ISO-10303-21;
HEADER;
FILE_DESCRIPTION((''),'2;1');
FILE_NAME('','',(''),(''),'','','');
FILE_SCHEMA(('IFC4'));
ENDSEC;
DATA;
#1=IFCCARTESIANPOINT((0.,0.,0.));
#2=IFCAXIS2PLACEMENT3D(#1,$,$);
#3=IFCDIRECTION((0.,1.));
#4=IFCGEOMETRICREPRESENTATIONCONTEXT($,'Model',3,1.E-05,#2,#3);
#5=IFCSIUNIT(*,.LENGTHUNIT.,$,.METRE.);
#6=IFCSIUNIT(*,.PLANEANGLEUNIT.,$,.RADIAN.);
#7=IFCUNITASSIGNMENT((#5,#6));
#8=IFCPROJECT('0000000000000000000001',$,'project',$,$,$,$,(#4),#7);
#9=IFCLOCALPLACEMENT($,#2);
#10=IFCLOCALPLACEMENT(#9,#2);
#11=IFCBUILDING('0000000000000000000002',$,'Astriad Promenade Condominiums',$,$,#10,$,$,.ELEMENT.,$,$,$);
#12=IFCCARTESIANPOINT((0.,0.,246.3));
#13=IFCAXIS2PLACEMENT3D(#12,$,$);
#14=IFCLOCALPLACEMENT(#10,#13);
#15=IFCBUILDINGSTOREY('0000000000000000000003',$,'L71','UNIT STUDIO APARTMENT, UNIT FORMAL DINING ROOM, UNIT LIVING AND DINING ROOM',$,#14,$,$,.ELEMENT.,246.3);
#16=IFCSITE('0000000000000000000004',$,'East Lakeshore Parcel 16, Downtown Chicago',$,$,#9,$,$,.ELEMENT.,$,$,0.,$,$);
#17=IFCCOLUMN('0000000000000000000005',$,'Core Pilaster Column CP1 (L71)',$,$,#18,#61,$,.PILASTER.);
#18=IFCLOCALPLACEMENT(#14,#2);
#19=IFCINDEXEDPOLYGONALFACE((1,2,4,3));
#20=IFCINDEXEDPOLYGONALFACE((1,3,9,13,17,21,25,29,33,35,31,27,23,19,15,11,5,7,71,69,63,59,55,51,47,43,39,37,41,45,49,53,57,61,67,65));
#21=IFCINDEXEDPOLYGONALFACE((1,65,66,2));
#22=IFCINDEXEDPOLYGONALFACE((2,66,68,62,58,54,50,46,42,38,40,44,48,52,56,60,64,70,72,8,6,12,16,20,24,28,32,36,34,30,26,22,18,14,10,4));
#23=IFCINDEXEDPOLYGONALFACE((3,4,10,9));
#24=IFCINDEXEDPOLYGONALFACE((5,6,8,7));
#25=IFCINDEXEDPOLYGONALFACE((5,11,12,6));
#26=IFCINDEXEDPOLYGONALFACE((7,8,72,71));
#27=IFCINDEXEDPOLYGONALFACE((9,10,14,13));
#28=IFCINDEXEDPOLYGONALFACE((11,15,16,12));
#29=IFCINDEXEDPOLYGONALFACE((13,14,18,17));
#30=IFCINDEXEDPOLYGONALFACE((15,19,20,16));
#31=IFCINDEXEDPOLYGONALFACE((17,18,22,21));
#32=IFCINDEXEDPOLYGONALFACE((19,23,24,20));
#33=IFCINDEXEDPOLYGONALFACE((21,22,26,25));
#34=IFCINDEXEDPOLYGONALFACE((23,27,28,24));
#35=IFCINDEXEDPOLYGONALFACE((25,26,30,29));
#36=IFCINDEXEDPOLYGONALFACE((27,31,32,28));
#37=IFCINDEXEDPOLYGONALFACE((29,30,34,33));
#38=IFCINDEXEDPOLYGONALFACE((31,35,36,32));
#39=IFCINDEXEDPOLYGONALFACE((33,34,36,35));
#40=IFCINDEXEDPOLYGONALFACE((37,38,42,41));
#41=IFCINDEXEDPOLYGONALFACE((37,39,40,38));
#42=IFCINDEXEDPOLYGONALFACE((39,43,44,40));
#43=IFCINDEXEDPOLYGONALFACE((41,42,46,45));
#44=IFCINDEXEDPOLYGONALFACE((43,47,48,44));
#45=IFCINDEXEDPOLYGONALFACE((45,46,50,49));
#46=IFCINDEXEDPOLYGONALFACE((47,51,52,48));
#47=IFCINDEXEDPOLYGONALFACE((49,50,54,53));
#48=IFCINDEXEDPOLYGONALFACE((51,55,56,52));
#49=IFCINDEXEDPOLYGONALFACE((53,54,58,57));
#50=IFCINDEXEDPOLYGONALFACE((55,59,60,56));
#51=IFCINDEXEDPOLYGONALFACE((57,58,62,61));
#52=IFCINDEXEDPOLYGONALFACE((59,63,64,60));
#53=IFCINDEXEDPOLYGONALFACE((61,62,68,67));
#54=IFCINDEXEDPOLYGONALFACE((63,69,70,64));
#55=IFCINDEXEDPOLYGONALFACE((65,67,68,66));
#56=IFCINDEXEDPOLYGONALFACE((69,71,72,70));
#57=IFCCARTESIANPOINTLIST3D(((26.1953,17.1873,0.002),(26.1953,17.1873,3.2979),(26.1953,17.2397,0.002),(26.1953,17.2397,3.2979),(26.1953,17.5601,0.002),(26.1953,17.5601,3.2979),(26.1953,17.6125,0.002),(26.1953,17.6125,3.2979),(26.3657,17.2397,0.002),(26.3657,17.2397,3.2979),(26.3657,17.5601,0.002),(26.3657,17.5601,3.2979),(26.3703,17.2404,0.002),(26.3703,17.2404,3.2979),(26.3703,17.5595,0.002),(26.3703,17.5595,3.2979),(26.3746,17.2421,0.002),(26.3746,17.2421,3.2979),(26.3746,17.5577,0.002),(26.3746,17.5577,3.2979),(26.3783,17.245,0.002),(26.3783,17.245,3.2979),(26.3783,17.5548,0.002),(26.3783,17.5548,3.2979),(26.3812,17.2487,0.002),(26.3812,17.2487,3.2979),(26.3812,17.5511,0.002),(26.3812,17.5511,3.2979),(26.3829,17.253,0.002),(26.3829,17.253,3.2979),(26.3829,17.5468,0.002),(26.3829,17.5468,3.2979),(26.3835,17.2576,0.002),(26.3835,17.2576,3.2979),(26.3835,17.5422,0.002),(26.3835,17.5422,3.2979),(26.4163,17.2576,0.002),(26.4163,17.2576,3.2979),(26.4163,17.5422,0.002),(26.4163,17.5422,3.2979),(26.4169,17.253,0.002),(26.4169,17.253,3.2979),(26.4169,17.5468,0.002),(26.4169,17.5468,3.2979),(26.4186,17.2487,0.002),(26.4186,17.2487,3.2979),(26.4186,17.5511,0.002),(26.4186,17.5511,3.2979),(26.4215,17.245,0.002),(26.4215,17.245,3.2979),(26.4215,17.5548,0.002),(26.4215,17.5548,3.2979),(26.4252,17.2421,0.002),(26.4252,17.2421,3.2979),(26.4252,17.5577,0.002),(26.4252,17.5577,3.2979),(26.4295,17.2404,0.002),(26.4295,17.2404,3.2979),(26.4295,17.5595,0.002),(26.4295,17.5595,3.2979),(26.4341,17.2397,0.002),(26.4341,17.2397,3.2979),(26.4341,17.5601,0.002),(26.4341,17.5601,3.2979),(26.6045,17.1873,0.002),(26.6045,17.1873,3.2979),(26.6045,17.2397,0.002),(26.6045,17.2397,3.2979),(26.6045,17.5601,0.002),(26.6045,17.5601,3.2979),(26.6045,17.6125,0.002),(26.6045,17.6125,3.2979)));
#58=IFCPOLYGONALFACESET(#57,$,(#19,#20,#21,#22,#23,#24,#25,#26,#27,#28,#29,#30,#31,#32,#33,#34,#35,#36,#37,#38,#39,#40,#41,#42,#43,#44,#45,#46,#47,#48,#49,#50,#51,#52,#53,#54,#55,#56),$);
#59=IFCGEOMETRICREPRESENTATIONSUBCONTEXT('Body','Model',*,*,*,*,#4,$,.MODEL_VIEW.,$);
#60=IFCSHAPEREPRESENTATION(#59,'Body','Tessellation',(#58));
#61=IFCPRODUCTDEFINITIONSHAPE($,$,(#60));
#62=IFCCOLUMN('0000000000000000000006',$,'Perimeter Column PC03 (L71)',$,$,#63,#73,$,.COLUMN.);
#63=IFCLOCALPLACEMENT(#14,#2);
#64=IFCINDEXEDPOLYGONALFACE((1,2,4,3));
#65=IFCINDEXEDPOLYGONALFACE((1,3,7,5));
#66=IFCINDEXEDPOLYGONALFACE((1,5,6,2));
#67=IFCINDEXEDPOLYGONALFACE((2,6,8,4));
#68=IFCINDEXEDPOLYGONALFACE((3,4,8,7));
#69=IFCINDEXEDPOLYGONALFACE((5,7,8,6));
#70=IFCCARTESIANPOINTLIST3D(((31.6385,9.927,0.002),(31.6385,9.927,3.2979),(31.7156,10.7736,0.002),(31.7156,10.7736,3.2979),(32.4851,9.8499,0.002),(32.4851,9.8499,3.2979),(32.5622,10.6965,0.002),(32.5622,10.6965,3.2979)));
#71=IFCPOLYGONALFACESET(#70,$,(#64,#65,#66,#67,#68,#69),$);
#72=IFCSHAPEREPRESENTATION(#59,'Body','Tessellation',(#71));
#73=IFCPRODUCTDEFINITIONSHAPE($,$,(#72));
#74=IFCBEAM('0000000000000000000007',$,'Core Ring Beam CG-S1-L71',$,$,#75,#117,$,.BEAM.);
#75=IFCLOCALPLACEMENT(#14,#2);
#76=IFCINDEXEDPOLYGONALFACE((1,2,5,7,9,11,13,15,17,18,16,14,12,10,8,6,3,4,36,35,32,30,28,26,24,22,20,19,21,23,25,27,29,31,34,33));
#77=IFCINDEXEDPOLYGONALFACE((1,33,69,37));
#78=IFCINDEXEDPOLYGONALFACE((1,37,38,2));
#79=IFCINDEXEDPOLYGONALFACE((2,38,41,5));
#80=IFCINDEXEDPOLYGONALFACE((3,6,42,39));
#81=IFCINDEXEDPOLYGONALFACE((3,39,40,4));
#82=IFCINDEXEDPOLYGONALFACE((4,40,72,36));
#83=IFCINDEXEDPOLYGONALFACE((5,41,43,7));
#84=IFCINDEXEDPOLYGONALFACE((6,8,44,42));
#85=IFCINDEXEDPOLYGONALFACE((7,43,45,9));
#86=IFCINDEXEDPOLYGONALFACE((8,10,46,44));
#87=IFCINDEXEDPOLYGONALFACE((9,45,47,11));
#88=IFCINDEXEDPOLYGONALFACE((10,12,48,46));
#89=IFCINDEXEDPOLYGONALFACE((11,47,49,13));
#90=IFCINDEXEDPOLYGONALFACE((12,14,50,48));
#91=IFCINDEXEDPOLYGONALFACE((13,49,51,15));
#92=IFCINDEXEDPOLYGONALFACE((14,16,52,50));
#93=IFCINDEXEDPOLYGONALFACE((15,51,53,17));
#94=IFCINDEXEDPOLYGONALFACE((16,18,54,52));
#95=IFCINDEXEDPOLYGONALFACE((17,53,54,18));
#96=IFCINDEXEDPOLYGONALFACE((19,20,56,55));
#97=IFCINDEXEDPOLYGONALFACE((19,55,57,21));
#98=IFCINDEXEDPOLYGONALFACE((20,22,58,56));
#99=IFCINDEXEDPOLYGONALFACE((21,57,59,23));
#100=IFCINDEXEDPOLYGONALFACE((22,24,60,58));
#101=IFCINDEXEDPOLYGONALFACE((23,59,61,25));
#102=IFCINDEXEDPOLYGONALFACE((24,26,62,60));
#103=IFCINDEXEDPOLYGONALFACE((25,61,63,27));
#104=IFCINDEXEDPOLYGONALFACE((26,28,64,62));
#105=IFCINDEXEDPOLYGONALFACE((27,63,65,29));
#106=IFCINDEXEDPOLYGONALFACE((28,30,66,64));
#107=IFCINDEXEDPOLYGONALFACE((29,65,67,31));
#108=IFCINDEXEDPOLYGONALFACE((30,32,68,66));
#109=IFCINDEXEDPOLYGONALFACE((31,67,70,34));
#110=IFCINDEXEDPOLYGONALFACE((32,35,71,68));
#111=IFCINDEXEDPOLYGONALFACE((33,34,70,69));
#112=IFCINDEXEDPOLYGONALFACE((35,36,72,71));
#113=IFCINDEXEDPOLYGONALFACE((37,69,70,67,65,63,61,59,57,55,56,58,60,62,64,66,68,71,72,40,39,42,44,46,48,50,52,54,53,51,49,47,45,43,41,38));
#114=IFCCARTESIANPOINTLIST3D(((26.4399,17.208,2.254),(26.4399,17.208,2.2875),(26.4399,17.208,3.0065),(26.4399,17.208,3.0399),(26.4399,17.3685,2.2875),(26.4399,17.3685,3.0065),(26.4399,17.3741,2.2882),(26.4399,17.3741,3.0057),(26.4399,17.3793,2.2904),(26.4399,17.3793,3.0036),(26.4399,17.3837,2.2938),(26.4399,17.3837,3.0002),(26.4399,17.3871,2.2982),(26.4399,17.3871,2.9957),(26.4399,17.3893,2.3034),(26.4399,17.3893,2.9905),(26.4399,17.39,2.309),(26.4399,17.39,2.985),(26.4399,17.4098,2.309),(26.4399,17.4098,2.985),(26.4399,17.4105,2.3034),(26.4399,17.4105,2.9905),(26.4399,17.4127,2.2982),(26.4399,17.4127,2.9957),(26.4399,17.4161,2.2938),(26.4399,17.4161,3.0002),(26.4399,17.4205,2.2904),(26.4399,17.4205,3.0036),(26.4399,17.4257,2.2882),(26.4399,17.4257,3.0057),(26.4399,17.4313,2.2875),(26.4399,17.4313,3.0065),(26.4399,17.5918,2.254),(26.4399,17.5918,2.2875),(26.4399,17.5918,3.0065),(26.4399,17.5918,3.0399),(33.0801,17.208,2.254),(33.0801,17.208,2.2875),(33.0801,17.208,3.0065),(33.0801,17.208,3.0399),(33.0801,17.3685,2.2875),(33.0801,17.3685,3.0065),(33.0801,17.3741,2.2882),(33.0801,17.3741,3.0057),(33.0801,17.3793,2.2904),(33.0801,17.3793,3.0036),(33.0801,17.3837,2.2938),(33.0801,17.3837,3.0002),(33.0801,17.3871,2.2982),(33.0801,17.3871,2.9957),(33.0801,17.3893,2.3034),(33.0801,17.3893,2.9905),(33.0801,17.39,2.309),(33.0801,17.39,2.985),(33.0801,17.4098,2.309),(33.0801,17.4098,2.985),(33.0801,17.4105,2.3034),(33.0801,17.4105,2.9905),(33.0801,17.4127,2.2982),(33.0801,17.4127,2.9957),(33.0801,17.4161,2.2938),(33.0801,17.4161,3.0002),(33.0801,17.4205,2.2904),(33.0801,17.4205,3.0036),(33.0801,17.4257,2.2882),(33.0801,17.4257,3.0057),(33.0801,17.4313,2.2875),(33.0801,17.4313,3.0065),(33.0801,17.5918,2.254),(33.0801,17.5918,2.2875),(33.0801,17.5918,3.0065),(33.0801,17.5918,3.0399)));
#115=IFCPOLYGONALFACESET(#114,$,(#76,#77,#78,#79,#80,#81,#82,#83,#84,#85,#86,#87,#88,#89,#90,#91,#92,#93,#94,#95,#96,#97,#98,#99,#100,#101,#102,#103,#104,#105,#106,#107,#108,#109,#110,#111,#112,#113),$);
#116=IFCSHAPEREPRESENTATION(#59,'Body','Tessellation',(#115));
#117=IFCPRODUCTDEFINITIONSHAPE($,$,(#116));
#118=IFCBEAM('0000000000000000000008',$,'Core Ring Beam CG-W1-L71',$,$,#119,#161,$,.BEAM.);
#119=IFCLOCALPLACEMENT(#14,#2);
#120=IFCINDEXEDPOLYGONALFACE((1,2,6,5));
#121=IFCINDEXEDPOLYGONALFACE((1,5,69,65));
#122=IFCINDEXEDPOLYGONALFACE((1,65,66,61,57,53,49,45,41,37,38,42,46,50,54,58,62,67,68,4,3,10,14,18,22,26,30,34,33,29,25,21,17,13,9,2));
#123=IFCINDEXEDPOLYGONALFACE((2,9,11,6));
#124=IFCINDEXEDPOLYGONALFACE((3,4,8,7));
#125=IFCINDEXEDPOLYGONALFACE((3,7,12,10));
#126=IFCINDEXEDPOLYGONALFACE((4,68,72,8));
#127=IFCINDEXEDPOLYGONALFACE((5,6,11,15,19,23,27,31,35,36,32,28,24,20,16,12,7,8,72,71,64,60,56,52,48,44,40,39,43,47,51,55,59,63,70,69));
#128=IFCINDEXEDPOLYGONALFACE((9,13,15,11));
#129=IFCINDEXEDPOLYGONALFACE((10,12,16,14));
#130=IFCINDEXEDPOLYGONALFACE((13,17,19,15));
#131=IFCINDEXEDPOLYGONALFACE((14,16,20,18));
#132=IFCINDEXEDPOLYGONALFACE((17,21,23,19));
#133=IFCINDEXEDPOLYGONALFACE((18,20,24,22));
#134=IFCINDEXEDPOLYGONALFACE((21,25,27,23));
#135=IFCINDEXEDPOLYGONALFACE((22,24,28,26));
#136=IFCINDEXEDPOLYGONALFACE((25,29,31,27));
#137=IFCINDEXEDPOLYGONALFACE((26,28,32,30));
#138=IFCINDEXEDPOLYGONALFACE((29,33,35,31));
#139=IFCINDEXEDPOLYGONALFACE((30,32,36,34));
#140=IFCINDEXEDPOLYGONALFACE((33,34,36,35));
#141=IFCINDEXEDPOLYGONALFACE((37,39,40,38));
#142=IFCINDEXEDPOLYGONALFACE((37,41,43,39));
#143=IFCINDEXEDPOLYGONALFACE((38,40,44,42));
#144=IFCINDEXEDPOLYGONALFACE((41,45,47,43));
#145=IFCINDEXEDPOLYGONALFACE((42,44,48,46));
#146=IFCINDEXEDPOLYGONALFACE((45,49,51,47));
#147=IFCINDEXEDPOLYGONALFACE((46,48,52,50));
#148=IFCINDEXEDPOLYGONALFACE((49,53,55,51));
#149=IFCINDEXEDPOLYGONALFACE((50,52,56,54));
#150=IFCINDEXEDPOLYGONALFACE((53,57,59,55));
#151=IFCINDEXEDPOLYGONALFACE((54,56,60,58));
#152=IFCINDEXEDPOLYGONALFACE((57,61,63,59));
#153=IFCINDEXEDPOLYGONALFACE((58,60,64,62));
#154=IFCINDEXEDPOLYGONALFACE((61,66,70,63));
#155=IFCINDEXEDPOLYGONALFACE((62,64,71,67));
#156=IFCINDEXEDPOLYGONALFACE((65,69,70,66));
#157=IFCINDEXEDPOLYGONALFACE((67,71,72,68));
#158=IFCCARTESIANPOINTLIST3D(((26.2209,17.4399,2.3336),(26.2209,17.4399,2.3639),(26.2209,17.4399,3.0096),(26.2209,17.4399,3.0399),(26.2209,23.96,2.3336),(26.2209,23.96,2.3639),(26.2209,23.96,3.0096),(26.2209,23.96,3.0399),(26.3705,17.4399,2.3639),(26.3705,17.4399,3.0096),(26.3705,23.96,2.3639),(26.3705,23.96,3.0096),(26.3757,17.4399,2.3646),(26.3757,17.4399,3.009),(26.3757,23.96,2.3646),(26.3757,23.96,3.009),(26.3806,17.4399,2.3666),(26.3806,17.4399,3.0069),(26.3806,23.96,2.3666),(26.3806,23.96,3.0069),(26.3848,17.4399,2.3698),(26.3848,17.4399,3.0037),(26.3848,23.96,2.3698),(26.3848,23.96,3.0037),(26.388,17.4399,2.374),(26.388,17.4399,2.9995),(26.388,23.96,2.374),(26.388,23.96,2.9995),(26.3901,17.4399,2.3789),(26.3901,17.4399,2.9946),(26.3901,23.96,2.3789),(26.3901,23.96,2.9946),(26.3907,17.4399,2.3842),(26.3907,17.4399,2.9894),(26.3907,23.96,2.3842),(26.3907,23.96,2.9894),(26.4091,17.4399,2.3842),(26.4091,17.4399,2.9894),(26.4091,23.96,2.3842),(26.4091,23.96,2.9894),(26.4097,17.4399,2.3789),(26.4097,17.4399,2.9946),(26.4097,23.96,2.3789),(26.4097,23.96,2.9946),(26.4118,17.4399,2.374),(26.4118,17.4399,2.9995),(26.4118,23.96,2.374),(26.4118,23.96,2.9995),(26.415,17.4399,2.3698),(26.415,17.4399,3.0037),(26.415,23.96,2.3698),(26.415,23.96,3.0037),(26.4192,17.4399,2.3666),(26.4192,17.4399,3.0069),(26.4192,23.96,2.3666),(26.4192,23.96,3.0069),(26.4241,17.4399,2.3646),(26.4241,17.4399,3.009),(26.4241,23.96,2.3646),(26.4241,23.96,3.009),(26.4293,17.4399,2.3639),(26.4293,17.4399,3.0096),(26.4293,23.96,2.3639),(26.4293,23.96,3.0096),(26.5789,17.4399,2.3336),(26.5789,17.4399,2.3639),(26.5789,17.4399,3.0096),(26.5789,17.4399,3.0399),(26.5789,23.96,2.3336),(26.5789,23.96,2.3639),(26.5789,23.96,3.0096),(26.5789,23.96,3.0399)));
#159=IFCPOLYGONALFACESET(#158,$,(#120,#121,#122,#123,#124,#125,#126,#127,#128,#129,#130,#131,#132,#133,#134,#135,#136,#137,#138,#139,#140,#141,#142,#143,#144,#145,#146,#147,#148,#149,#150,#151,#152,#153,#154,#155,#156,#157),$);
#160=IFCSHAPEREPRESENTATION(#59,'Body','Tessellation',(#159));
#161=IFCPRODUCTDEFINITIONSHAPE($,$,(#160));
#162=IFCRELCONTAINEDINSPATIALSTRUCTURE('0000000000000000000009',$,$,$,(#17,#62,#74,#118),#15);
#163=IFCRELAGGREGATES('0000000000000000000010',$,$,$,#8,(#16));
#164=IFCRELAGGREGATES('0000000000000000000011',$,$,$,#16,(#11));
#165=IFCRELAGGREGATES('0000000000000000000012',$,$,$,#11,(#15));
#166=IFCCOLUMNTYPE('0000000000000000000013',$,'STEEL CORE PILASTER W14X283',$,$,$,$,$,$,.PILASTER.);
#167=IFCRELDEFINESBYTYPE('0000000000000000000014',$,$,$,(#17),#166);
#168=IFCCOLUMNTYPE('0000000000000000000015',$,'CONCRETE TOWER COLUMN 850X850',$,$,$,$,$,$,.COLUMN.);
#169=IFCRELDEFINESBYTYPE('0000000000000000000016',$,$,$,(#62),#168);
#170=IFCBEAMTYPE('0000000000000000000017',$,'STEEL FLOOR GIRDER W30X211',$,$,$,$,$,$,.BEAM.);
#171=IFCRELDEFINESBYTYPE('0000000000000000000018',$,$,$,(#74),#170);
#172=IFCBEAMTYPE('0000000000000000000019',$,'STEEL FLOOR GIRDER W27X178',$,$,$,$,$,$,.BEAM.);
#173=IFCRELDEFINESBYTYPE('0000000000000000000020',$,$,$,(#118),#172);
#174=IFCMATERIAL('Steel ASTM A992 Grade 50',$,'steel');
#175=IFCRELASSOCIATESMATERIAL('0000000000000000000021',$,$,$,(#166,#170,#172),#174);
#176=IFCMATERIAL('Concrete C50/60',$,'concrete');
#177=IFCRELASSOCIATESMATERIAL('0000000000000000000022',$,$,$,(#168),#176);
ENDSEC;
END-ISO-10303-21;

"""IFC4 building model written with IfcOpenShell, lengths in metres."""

from ifc_helpers import new_model, si_unit, direction, frame, origin, origin_2d, place, context, subcontext, project, spatial, rectangle, i_section, extrude, source, transform, mapped, material, material_profile, profile_set, type_object, type_shapes, element, save


model = new_model("IFC4")

# Units and contexts
model_context = context("Model", 3, precision=1e-05, world=origin(), true_north=direction((0.0, 1.0)))
body_context = subcontext(model_context, "Body", "Model", "MODEL_VIEW")
ifc_project = project(units=[si_unit("LENGTHUNIT", "METRE"), si_unit("PLANEANGLEUNIT", "RADIAN")], contexts=[model_context])

# Site, building, storey
site_placement = place(None, origin())
site = spatial("IfcSite", under=ifc_project, at=site_placement, Name="East Lakeshore Parcel 16, Downtown Chicago", CompositionType="ELEMENT", RefElevation=0.0)
building_placement = place(site_placement, origin())
building = spatial("IfcBuilding", under=site, at=building_placement, Name="Astriad Promenade Condominiums", CompositionType="ELEMENT")
storey_placement = place(building_placement, frame((0.0, 0.0, 246.3)))
storey = spatial("IfcBuildingStorey", under=building, at=storey_placement, Name="L71", Description="UNIT STUDIO APARTMENT, UNIT FORMAL DINING ROOM, UNIT LIVING AND DINING ROOM", CompositionType="ELEMENT", Elevation=246.3)

# Columns
ifc_material_1 = material(Name="Steel ASTM A992 Grade 50", Category="steel")
ifc_material_profile_1 = material_profile(ifc_material_1, i_section(OverallWidth=0.4092, OverallDepth=0.4253, WebThickness=0.0327, FlangeThickness=0.0525, FilletRadius=0.0178, at=origin_2d()), Name="W14X283")
ifc_profile_set_1 = profile_set([ifc_material_profile_1], Name="Steel ASTM A992 Grade 50")
column_type_1 = type_object("IfcColumnType", Name="STEEL CORE PILASTER W14X283", PredefinedType="PILASTER", material=ifc_profile_set_1)
shared_shape_1 = source(origin(), body_context, "Body", "SweptSolid", [
    extrude(i_section(OverallWidth=0.4092, OverallDepth=0.4253, WebThickness=0.0327, FlangeThickness=0.0525, FilletRadius=0.0178, at=origin_2d()), origin(), (0.0, 0.0, 1.0), 3.2959),
])
type_shapes(column_type_1, [shared_shape_1])
column_1_placement = place(storey_placement, frame((26.3999, 17.3999, 0.002), z_axis=(0.0, 0.0, 1.0), x_axis=(1.0, 0.0, 0.0)))
element("IfcColumn", 1, at=column_1_placement, inside=storey, type_object=column_type_1, Name="Core Pilaster Column CP1 (L71)", PredefinedType="PILASTER", context=body_context, shape_type="MappedRepresentation", body=[
    mapped(shared_shape_1, transform((0.0, 0.0, 0.0), scale=1.0)),
])
ifc_material_2 = material(Name="Concrete C50/60", Category="concrete")
ifc_material_profile_2 = material_profile(ifc_material_2, rectangle(XDim=0.8501, YDim=0.8501, at=origin_2d()), Name="RC-COL-850X850")
ifc_profile_set_2 = profile_set([ifc_material_profile_2], Name="Concrete C50/60")
column_type_2 = type_object("IfcColumnType", Name="CONCRETE TOWER COLUMN 850X850", PredefinedType="COLUMN", material=ifc_profile_set_2)
shared_shape_2 = source(origin(), body_context, "Body", "SweptSolid", [
    extrude(rectangle(XDim=0.8501, YDim=0.8501, at=origin_2d()), origin(), (0.0, 0.0, 1.0), 3.2959),
])
type_shapes(column_type_2, [shared_shape_2])
column_2_placement = place(storey_placement, frame((32.1003, 10.3118, 0.002), z_axis=(0.0, 0.0, 1.0), x_axis=(0.995884, -0.090633, 0.0)))
element("IfcColumn", 2, at=column_2_placement, inside=storey, type_object=column_type_2, Name="Perimeter Column PC03 (L71)", PredefinedType="COLUMN", context=body_context, shape_type="MappedRepresentation", body=[
    mapped(shared_shape_2, transform((0.0, 0.0, 0.0), scale=1.0)),
])

# Beams
ifc_material_profile_3 = material_profile(ifc_material_1, i_section(OverallWidth=0.3838, OverallDepth=0.7859, WebThickness=0.0198, FlangeThickness=0.0334, FilletRadius=0.0215, at=origin_2d()), Name="W30X211")
ifc_profile_set_3 = profile_set([ifc_material_profile_3], Name="Steel ASTM A992 Grade 50")
beam_type_1 = type_object("IfcBeamType", Name="STEEL FLOOR GIRDER W30X211", PredefinedType="BEAM", material=ifc_profile_set_3)
shared_shape_3 = source(origin(), body_context, "Body", "SweptSolid", [
    extrude(i_section(OverallWidth=0.3838, OverallDepth=0.7859, WebThickness=0.0198, FlangeThickness=0.0334, FilletRadius=0.0215, at=origin_2d()), origin(), (0.0, 0.0, 1.0), 6.6401),
])
type_shapes(beam_type_1, [shared_shape_3])
beam_1_placement = place(storey_placement, frame((26.4399, 17.3999, 2.647), z_axis=(1.0, 0.0, 0.0), x_axis=(0.0, 1.0, 0.0)))
element("IfcBeam", 3, at=beam_1_placement, inside=storey, type_object=beam_type_1, Name="Core Ring Beam CG-S1-L71", PredefinedType="BEAM", context=body_context, shape_type="MappedRepresentation", body=[
    mapped(shared_shape_3, transform((0.0, 0.0, 0.0), scale=1.0)),
])
ifc_material_profile_4 = material_profile(ifc_material_1, i_section(OverallWidth=0.3579, OverallDepth=0.7063, WebThickness=0.0183, FlangeThickness=0.0303, FilletRadius=0.0203, at=origin_2d()), Name="W27X178")
ifc_profile_set_4 = profile_set([ifc_material_profile_4], Name="Steel ASTM A992 Grade 50")
beam_type_2 = type_object("IfcBeamType", Name="STEEL FLOOR GIRDER W27X178", PredefinedType="BEAM", material=ifc_profile_set_4)
shared_shape_4 = source(origin(), body_context, "Body", "SweptSolid", [
    extrude(i_section(OverallWidth=0.3579, OverallDepth=0.7063, WebThickness=0.0183, FlangeThickness=0.0303, FilletRadius=0.0203, at=origin_2d()), origin(), (0.0, 0.0, 1.0), 6.52),
])
type_shapes(beam_type_2, [shared_shape_4])
beam_2_placement = place(storey_placement, frame((26.3999, 17.4399, 2.6868), z_axis=(0.0, 1.0, 0.0), x_axis=(-1.0, 0.0, 0.0)))
element("IfcBeam", 4, at=beam_2_placement, inside=storey, type_object=beam_type_2, Name="Core Ring Beam CG-W1-L71", PredefinedType="BEAM", context=body_context, shape_type="MappedRepresentation", body=[
    mapped(shared_shape_4, transform((0.0, 0.0, 0.0), scale=1.0)),
])

save(model, "model.ifc")
